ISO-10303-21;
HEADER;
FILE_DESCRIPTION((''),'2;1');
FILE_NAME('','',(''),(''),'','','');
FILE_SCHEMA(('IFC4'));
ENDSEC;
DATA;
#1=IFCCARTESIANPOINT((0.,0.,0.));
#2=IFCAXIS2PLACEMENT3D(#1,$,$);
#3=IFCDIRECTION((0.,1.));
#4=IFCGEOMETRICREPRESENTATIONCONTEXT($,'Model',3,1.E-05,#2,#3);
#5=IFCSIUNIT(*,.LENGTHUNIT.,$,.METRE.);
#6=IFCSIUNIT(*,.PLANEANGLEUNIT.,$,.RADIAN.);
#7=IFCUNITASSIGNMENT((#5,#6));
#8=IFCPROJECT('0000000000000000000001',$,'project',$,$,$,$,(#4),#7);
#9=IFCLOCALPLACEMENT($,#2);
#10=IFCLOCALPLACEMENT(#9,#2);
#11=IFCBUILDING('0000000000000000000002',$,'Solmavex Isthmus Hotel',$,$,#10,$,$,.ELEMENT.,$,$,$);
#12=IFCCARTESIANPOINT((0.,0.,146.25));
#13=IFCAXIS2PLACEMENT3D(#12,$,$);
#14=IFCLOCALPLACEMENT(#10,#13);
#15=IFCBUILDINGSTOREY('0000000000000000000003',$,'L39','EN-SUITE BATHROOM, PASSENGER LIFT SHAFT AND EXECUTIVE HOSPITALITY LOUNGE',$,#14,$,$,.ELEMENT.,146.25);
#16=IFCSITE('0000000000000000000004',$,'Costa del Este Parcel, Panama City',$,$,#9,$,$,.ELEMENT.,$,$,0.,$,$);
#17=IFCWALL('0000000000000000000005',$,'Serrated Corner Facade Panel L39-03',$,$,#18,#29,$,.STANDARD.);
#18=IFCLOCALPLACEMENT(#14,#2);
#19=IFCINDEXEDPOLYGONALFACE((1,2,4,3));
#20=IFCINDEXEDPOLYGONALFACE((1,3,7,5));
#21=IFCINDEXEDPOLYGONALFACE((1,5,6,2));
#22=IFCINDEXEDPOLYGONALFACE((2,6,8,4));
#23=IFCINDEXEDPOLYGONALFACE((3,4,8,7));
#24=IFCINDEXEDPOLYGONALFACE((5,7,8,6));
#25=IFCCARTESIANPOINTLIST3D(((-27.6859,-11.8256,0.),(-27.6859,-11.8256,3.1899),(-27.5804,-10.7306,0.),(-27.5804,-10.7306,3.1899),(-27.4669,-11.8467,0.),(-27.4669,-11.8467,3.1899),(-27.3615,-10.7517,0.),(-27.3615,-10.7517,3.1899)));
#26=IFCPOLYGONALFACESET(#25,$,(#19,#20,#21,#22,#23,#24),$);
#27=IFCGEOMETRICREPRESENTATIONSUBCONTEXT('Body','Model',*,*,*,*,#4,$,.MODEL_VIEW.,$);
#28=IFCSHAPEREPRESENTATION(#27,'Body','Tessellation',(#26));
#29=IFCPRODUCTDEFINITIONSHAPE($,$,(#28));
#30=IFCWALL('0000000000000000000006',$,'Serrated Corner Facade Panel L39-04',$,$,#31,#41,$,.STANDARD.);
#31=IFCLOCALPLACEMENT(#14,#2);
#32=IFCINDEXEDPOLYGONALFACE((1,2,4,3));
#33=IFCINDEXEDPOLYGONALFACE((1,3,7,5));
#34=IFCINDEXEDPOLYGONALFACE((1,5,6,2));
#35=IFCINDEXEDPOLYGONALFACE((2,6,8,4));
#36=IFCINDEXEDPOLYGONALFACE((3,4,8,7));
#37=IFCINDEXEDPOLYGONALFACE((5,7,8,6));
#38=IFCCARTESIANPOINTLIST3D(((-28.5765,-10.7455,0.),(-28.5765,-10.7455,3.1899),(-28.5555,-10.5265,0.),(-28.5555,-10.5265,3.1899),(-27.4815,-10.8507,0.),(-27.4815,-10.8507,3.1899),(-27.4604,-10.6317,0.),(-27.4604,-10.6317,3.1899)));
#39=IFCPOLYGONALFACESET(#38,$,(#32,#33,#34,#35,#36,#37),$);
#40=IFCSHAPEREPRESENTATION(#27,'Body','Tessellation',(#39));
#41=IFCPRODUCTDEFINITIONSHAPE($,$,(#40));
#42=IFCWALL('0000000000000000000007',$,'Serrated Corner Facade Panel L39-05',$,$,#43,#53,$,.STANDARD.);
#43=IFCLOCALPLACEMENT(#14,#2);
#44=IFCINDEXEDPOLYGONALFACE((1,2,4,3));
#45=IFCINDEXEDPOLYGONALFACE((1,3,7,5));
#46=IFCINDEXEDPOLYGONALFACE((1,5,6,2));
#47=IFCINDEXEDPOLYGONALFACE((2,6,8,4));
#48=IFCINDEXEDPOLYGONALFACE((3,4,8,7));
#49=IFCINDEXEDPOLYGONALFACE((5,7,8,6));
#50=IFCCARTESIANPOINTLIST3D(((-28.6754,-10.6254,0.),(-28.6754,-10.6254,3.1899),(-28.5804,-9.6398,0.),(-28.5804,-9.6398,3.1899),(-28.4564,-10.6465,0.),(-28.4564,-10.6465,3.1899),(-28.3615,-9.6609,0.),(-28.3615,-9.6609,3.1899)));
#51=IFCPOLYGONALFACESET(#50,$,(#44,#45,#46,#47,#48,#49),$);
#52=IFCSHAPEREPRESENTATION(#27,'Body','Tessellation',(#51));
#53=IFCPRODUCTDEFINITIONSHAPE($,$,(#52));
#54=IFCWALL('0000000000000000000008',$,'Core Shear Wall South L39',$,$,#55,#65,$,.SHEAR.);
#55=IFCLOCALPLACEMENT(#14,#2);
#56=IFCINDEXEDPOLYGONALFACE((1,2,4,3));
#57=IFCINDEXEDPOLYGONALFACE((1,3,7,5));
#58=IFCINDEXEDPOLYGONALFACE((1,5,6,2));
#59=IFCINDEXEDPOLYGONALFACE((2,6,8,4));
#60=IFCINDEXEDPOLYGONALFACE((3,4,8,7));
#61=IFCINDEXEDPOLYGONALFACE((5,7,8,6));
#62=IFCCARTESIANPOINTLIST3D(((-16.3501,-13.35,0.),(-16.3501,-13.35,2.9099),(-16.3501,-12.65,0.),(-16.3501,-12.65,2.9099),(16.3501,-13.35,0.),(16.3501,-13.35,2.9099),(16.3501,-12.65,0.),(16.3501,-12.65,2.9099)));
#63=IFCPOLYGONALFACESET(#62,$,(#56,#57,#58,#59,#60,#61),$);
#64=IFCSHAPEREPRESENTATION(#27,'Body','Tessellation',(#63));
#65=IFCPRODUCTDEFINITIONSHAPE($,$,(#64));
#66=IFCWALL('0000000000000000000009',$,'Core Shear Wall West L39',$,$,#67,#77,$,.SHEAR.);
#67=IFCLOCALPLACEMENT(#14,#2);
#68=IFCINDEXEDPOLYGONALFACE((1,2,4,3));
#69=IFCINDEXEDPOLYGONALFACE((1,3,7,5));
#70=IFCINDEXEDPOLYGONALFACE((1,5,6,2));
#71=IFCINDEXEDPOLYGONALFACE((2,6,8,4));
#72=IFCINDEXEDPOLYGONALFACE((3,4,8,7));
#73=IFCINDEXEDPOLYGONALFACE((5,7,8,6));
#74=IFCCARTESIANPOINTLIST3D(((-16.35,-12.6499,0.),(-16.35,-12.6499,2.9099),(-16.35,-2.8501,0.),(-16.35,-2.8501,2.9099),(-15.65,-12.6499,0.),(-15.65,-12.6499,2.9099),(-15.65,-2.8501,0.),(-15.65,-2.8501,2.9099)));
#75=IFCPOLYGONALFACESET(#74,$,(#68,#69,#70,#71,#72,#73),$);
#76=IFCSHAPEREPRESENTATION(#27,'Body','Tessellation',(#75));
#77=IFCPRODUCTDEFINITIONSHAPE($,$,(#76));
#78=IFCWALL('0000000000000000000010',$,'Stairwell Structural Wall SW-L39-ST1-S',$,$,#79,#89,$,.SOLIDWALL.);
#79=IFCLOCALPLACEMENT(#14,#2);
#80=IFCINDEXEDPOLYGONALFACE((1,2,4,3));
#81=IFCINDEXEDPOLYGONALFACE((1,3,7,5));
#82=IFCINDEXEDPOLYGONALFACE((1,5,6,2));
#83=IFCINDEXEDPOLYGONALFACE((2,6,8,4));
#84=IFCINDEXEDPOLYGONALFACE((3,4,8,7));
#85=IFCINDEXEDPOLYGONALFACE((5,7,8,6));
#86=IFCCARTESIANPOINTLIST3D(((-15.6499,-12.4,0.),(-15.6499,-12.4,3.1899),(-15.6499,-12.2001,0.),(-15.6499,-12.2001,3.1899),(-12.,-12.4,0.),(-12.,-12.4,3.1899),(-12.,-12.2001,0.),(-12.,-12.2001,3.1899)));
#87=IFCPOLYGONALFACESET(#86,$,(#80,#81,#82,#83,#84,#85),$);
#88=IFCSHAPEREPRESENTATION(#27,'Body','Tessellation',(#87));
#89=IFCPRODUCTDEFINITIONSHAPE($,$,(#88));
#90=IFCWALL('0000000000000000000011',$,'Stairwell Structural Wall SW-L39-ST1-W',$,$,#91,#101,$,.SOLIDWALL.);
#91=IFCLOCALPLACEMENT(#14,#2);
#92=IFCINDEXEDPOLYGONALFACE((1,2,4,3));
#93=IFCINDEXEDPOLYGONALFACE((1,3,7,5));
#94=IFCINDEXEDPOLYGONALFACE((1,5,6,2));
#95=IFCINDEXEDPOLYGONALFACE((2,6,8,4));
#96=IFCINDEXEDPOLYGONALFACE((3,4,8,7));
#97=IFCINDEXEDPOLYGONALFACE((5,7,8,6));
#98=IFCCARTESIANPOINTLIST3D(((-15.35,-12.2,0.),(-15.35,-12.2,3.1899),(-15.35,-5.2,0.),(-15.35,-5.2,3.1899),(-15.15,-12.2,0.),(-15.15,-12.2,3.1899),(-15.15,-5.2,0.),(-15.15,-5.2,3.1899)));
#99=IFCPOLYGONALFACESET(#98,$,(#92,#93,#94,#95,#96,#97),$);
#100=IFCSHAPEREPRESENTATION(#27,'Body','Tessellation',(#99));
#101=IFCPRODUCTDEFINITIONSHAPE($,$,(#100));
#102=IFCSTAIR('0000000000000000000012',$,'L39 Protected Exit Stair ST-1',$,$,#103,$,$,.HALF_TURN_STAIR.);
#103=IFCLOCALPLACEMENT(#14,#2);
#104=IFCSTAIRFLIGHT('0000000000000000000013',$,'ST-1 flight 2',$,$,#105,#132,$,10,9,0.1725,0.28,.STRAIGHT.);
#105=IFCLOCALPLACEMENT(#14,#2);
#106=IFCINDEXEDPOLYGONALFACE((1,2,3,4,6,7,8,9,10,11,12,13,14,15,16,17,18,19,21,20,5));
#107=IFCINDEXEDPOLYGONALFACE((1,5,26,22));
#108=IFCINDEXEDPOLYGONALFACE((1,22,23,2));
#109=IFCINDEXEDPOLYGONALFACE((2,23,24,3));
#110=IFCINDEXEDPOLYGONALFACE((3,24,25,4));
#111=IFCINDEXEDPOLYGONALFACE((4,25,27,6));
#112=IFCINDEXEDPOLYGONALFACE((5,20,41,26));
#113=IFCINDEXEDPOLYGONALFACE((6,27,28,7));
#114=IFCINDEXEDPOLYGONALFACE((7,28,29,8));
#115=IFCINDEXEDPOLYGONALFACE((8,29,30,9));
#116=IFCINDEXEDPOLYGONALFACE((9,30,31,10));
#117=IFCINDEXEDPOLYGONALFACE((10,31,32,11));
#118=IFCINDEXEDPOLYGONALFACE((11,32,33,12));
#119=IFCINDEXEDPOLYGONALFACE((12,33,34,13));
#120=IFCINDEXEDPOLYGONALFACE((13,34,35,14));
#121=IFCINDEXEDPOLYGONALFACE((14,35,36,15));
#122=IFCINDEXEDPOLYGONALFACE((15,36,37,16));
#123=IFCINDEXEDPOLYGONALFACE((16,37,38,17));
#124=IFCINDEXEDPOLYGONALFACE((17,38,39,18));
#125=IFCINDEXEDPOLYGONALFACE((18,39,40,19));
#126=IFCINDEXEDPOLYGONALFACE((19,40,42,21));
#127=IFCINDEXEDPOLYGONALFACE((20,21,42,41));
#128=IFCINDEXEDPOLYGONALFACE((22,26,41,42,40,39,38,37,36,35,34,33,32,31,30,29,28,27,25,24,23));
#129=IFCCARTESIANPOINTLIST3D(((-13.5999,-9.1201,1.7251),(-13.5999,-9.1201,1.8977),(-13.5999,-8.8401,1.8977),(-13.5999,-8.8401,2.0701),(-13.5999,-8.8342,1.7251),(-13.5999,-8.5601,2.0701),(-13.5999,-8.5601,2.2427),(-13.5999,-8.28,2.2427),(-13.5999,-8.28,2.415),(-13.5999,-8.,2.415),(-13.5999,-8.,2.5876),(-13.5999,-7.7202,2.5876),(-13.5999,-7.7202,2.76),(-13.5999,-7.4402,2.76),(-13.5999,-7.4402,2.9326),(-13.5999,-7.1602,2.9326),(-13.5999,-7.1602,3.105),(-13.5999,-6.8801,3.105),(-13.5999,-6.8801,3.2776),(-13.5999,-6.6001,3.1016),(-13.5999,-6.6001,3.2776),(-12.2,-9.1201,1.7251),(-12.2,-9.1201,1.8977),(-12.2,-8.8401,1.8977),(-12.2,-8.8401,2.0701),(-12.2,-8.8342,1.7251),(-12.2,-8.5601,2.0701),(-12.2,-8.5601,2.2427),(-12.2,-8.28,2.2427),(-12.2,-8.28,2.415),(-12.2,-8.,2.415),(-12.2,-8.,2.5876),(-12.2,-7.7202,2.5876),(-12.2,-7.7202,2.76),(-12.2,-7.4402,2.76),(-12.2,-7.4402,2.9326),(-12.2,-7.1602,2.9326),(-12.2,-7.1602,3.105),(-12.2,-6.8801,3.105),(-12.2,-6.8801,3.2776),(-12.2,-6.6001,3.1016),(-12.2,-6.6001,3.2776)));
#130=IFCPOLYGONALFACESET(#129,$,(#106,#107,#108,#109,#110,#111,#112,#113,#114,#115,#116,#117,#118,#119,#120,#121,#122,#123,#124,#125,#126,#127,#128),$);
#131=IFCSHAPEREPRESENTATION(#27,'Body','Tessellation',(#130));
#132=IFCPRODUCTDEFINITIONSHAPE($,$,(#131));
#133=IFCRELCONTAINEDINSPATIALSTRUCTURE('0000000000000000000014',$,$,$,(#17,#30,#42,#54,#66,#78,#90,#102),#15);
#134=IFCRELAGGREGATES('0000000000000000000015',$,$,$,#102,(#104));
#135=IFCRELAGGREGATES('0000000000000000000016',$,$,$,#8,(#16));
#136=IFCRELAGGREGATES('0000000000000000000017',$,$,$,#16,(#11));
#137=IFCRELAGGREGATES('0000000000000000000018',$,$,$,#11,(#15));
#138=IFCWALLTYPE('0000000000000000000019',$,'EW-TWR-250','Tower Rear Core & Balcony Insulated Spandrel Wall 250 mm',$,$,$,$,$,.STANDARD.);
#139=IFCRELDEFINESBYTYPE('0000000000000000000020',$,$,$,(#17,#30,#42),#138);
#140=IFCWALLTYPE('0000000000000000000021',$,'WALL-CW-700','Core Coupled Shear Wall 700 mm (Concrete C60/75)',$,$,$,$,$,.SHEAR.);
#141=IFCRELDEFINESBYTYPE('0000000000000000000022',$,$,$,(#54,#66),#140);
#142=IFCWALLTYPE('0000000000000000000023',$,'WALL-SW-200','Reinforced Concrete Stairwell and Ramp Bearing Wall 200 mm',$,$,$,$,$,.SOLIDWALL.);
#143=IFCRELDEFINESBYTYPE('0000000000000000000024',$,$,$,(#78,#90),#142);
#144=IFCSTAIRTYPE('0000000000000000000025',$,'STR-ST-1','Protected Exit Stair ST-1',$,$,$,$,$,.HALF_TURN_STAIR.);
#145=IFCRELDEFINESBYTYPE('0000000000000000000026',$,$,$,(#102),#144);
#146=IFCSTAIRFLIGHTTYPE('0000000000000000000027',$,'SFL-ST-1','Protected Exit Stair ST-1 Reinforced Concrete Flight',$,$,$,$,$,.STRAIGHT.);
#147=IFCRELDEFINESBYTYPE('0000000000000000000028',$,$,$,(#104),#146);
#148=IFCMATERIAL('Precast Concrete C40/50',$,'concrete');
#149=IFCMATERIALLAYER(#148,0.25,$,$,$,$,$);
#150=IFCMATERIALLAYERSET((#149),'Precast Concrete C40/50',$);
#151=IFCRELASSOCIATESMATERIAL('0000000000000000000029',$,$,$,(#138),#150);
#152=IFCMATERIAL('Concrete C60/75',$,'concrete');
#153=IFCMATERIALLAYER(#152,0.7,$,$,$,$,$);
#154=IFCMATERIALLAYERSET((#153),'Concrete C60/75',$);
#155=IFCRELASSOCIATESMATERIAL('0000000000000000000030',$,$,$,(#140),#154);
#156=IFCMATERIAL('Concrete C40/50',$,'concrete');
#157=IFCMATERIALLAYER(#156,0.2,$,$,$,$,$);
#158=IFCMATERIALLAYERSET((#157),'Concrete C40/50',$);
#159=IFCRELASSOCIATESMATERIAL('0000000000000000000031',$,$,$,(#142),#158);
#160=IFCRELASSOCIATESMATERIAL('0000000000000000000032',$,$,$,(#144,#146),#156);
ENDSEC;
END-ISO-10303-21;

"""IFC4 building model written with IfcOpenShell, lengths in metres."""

from ifc_helpers import new_model, si_unit, direction, frame, frame_2d, origin, place, context, subcontext, project, spatial, polyline, rectangle, outline, extrude, material, layer, layer_set, type_object, element, aggregate, save


model = new_model("IFC4")

# Units and contexts
model_context = context("Model", 3, precision=1e-05, world=origin(), true_north=direction((0.0, 1.0)))
body_context = subcontext(model_context, "Body", "Model", "MODEL_VIEW")
ifc_project = project(units=[si_unit("LENGTHUNIT", "METRE"), si_unit("PLANEANGLEUNIT", "RADIAN")], contexts=[model_context])

# Site, building, storey
site_placement = place(None, origin())
site = spatial("IfcSite", under=ifc_project, at=site_placement, Name="Costa del Este Parcel, Panama City", CompositionType="ELEMENT", RefElevation=0.0)
building_placement = place(site_placement, origin())
building = spatial("IfcBuilding", under=site, at=building_placement, Name="Solmavex Isthmus Hotel", CompositionType="ELEMENT")
storey_placement = place(building_placement, frame((0.0, 0.0, 146.25)))
storey = spatial("IfcBuildingStorey", under=building, at=storey_placement, Name="L39", Description="EN-SUITE BATHROOM, PASSENGER LIFT SHAFT AND EXECUTIVE HOSPITALITY LOUNGE", CompositionType="ELEMENT", Elevation=146.25)

# Shared definitions
ifc_material_1 = material(Name="Concrete C60/75", Category="concrete")

# Shared definitions
ifc_material_2 = material(Name="Precast Concrete C40/50", Category="concrete")
ifc_layer_1 = layer(ifc_material_2, 0.25)
ifc_layer_set_1 = layer_set([ifc_layer_1], Name="Precast Concrete C40/50")
wall_type_1 = type_object("IfcWallType", Name="EW-TWR-250", Description="Tower Rear Core & Balcony Insulated Spandrel Wall 250 mm", PredefinedType="STANDARD", material=ifc_layer_set_1)

# Walls
for number, where, z_axis, x_axis, name in (
    (1, (-27.5764, -11.8362, 0.0), (0.0, 0.0, 1.0), (0.095877, 0.995393, 0.0), "Serrated Corner Facade Panel L39-03"),
    (2, (-27.4709, -10.7412, 0.0), (0.0, 0.0, 1.0), (-0.995414, 0.095657, 0.0), "Serrated Corner Facade Panel L39-04"),
):
    element("IfcWall", number, at=place(storey_placement, frame(where, z_axis=z_axis, x_axis=x_axis)), inside=storey, type_object=wall_type_1, Name=name, PredefinedType="STANDARD", context=body_context, shape_type="SweptSolid", body=[
        extrude(rectangle(XDim=1.1001, YDim=0.22, at=frame_2d((0.55, 0.0))), origin(), (0.0, 0.0, 1.0), 3.1899),
    ])
wall_1_placement = place(storey_placement, frame((-28.5659, -10.636, 0.0), z_axis=(0.0, 0.0, 1.0), x_axis=(0.095914, 0.99539, 0.0)))
element("IfcWall", 3, at=wall_1_placement, inside=storey, type_object=wall_type_1, Name="Serrated Corner Facade Panel L39-05", PredefinedType="STANDARD", context=body_context, shape_type="SweptSolid", body=[
    extrude(rectangle(XDim=0.9902, YDim=0.22, at=frame_2d((0.4951, 0.0))), origin(), (0.0, 0.0, 1.0), 3.1899),
])
ifc_layer_2 = layer(ifc_material_1, 0.7)
ifc_layer_set_2 = layer_set([ifc_layer_2], Name="Concrete C60/75")
wall_type_2 = type_object("IfcWallType", Name="WALL-CW-700", Description="Core Coupled Shear Wall 700 mm (Concrete C60/75)", PredefinedType="SHEAR", material=ifc_layer_set_2)
wall_2_placement = place(storey_placement, frame((-16.3501, -13.0, 0.0), z_axis=(0.0, 0.0, 1.0), x_axis=(1.0, 0.0, 0.0)))
element("IfcWall", 4, at=wall_2_placement, inside=storey, type_object=wall_type_2, Name="Core Shear Wall South L39", PredefinedType="SHEAR", context=body_context, shape_type="SweptSolid", body=[
    extrude(rectangle(XDim=32.7002, YDim=0.7, at=frame_2d((16.3501, 0.0))), origin(), (0.0, 0.0, 1.0), 2.9099),
])
wall_3_placement = place(storey_placement, frame((-16.0, -12.6499, 0.0), z_axis=(0.0, 0.0, 1.0), x_axis=(0.0, 1.0, 0.0)))
element("IfcWall", 5, at=wall_3_placement, inside=storey, type_object=wall_type_2, Name="Core Shear Wall West L39", PredefinedType="SHEAR", context=body_context, shape_type="SweptSolid", body=[
    extrude(rectangle(XDim=9.7998, YDim=0.7, at=frame_2d((4.8999, 0.0))), origin(), (0.0, 0.0, 1.0), 2.9099),
])
ifc_material_3 = material(Name="Concrete C40/50", Category="concrete")
ifc_layer_3 = layer(ifc_material_3, 0.2)
ifc_layer_set_3 = layer_set([ifc_layer_3], Name="Concrete C40/50")
wall_type_3 = type_object("IfcWallType", Name="WALL-SW-200", Description="Reinforced Concrete Stairwell and Ramp Bearing Wall 200 mm", PredefinedType="SOLIDWALL", material=ifc_layer_set_3)
wall_4_placement = place(storey_placement, frame((-15.6499, -12.3, 0.0), z_axis=(0.0, 0.0, 1.0), x_axis=(1.0, 0.0, 0.0)))
element("IfcWall", 6, at=wall_4_placement, inside=storey, type_object=wall_type_3, Name="Stairwell Structural Wall SW-L39-ST1-S", PredefinedType="SOLIDWALL", context=body_context, shape_type="SweptSolid", body=[
    extrude(rectangle(XDim=3.6499, YDim=0.2, at=frame_2d((1.825, 0.0))), origin(), (0.0, 0.0, 1.0), 3.1899),
])
wall_5_placement = place(storey_placement, frame((-15.25, -12.2, 0.0), z_axis=(0.0, 0.0, 1.0), x_axis=(0.0, 1.0, 0.0)))
element("IfcWall", 7, at=wall_5_placement, inside=storey, type_object=wall_type_3, Name="Stairwell Structural Wall SW-L39-ST1-W", PredefinedType="SOLIDWALL", context=body_context, shape_type="SweptSolid", body=[
    extrude(rectangle(XDim=7.0, YDim=0.2, at=frame_2d((3.5, 0.0))), origin(), (0.0, 0.0, 1.0), 3.1899),
])

# Stair, stair flight
stair_type = type_object("IfcStairType", Name="STR-ST-1", Description="Protected Exit Stair ST-1", PredefinedType="HALF_TURN_STAIR", material=ifc_material_3)
stair_placement = place(storey_placement, origin())
stair = element("IfcStair", 8, at=stair_placement, inside=storey, type_object=stair_type, Name="L39 Protected Exit Stair ST-1", PredefinedType="HALF_TURN_STAIR")
stair_flight_type = type_object("IfcStairFlightType", Name="SFL-ST-1", Description="Protected Exit Stair ST-1 Reinforced Concrete Flight", PredefinedType="STRAIGHT", material=ifc_material_3)
stair_flight_placement = place(storey_placement, frame((-12.8999, -9.1201, 1.7251), z_axis=(0.0, 0.0, 1.0), x_axis=(0.0, 1.0, 0.0)))
stair_flight = element("IfcStairFlight", 9, at=stair_flight_placement, type_object=stair_flight_type, Name="ST-1 flight 2", NumberOfRisers=10, NumberOfTreads=9, PredefinedType="STRAIGHT", RiserHeight=0.1725, TreadLength=0.28, context=body_context, shape_type="SweptSolid", body=[
    extrude(outline(polyline([(0.0, 0.0), (0.0, 0.1726), (0.28, 0.1726), (0.28, 0.345), (0.5601, 0.345), (0.5601, 0.5176), (0.8401, 0.5176), (0.8401, 0.6899), (1.1201, 0.6899), (1.1201, 0.8625), (1.3999, 0.8625), (1.3999, 1.0349), (1.6799, 1.0349), (1.6799, 1.2075), (1.96, 1.2075), (1.96, 1.3799), (2.24, 1.3799), (2.24, 1.5525), (2.52, 1.5525), (2.52, 1.7251), (2.52, 1.3765), (0.2859, 0.0), (0.0, 0.0)])), frame((0.0, 0.7, 0.0), z_axis=(0.0, -1.0, 0.0), x_axis=(1.0, 0.0, 0.0)), (0.0, 0.0, 1.0), 1.3999),
])
aggregate(stair, [stair_flight])

save(model, "model.ifc")
